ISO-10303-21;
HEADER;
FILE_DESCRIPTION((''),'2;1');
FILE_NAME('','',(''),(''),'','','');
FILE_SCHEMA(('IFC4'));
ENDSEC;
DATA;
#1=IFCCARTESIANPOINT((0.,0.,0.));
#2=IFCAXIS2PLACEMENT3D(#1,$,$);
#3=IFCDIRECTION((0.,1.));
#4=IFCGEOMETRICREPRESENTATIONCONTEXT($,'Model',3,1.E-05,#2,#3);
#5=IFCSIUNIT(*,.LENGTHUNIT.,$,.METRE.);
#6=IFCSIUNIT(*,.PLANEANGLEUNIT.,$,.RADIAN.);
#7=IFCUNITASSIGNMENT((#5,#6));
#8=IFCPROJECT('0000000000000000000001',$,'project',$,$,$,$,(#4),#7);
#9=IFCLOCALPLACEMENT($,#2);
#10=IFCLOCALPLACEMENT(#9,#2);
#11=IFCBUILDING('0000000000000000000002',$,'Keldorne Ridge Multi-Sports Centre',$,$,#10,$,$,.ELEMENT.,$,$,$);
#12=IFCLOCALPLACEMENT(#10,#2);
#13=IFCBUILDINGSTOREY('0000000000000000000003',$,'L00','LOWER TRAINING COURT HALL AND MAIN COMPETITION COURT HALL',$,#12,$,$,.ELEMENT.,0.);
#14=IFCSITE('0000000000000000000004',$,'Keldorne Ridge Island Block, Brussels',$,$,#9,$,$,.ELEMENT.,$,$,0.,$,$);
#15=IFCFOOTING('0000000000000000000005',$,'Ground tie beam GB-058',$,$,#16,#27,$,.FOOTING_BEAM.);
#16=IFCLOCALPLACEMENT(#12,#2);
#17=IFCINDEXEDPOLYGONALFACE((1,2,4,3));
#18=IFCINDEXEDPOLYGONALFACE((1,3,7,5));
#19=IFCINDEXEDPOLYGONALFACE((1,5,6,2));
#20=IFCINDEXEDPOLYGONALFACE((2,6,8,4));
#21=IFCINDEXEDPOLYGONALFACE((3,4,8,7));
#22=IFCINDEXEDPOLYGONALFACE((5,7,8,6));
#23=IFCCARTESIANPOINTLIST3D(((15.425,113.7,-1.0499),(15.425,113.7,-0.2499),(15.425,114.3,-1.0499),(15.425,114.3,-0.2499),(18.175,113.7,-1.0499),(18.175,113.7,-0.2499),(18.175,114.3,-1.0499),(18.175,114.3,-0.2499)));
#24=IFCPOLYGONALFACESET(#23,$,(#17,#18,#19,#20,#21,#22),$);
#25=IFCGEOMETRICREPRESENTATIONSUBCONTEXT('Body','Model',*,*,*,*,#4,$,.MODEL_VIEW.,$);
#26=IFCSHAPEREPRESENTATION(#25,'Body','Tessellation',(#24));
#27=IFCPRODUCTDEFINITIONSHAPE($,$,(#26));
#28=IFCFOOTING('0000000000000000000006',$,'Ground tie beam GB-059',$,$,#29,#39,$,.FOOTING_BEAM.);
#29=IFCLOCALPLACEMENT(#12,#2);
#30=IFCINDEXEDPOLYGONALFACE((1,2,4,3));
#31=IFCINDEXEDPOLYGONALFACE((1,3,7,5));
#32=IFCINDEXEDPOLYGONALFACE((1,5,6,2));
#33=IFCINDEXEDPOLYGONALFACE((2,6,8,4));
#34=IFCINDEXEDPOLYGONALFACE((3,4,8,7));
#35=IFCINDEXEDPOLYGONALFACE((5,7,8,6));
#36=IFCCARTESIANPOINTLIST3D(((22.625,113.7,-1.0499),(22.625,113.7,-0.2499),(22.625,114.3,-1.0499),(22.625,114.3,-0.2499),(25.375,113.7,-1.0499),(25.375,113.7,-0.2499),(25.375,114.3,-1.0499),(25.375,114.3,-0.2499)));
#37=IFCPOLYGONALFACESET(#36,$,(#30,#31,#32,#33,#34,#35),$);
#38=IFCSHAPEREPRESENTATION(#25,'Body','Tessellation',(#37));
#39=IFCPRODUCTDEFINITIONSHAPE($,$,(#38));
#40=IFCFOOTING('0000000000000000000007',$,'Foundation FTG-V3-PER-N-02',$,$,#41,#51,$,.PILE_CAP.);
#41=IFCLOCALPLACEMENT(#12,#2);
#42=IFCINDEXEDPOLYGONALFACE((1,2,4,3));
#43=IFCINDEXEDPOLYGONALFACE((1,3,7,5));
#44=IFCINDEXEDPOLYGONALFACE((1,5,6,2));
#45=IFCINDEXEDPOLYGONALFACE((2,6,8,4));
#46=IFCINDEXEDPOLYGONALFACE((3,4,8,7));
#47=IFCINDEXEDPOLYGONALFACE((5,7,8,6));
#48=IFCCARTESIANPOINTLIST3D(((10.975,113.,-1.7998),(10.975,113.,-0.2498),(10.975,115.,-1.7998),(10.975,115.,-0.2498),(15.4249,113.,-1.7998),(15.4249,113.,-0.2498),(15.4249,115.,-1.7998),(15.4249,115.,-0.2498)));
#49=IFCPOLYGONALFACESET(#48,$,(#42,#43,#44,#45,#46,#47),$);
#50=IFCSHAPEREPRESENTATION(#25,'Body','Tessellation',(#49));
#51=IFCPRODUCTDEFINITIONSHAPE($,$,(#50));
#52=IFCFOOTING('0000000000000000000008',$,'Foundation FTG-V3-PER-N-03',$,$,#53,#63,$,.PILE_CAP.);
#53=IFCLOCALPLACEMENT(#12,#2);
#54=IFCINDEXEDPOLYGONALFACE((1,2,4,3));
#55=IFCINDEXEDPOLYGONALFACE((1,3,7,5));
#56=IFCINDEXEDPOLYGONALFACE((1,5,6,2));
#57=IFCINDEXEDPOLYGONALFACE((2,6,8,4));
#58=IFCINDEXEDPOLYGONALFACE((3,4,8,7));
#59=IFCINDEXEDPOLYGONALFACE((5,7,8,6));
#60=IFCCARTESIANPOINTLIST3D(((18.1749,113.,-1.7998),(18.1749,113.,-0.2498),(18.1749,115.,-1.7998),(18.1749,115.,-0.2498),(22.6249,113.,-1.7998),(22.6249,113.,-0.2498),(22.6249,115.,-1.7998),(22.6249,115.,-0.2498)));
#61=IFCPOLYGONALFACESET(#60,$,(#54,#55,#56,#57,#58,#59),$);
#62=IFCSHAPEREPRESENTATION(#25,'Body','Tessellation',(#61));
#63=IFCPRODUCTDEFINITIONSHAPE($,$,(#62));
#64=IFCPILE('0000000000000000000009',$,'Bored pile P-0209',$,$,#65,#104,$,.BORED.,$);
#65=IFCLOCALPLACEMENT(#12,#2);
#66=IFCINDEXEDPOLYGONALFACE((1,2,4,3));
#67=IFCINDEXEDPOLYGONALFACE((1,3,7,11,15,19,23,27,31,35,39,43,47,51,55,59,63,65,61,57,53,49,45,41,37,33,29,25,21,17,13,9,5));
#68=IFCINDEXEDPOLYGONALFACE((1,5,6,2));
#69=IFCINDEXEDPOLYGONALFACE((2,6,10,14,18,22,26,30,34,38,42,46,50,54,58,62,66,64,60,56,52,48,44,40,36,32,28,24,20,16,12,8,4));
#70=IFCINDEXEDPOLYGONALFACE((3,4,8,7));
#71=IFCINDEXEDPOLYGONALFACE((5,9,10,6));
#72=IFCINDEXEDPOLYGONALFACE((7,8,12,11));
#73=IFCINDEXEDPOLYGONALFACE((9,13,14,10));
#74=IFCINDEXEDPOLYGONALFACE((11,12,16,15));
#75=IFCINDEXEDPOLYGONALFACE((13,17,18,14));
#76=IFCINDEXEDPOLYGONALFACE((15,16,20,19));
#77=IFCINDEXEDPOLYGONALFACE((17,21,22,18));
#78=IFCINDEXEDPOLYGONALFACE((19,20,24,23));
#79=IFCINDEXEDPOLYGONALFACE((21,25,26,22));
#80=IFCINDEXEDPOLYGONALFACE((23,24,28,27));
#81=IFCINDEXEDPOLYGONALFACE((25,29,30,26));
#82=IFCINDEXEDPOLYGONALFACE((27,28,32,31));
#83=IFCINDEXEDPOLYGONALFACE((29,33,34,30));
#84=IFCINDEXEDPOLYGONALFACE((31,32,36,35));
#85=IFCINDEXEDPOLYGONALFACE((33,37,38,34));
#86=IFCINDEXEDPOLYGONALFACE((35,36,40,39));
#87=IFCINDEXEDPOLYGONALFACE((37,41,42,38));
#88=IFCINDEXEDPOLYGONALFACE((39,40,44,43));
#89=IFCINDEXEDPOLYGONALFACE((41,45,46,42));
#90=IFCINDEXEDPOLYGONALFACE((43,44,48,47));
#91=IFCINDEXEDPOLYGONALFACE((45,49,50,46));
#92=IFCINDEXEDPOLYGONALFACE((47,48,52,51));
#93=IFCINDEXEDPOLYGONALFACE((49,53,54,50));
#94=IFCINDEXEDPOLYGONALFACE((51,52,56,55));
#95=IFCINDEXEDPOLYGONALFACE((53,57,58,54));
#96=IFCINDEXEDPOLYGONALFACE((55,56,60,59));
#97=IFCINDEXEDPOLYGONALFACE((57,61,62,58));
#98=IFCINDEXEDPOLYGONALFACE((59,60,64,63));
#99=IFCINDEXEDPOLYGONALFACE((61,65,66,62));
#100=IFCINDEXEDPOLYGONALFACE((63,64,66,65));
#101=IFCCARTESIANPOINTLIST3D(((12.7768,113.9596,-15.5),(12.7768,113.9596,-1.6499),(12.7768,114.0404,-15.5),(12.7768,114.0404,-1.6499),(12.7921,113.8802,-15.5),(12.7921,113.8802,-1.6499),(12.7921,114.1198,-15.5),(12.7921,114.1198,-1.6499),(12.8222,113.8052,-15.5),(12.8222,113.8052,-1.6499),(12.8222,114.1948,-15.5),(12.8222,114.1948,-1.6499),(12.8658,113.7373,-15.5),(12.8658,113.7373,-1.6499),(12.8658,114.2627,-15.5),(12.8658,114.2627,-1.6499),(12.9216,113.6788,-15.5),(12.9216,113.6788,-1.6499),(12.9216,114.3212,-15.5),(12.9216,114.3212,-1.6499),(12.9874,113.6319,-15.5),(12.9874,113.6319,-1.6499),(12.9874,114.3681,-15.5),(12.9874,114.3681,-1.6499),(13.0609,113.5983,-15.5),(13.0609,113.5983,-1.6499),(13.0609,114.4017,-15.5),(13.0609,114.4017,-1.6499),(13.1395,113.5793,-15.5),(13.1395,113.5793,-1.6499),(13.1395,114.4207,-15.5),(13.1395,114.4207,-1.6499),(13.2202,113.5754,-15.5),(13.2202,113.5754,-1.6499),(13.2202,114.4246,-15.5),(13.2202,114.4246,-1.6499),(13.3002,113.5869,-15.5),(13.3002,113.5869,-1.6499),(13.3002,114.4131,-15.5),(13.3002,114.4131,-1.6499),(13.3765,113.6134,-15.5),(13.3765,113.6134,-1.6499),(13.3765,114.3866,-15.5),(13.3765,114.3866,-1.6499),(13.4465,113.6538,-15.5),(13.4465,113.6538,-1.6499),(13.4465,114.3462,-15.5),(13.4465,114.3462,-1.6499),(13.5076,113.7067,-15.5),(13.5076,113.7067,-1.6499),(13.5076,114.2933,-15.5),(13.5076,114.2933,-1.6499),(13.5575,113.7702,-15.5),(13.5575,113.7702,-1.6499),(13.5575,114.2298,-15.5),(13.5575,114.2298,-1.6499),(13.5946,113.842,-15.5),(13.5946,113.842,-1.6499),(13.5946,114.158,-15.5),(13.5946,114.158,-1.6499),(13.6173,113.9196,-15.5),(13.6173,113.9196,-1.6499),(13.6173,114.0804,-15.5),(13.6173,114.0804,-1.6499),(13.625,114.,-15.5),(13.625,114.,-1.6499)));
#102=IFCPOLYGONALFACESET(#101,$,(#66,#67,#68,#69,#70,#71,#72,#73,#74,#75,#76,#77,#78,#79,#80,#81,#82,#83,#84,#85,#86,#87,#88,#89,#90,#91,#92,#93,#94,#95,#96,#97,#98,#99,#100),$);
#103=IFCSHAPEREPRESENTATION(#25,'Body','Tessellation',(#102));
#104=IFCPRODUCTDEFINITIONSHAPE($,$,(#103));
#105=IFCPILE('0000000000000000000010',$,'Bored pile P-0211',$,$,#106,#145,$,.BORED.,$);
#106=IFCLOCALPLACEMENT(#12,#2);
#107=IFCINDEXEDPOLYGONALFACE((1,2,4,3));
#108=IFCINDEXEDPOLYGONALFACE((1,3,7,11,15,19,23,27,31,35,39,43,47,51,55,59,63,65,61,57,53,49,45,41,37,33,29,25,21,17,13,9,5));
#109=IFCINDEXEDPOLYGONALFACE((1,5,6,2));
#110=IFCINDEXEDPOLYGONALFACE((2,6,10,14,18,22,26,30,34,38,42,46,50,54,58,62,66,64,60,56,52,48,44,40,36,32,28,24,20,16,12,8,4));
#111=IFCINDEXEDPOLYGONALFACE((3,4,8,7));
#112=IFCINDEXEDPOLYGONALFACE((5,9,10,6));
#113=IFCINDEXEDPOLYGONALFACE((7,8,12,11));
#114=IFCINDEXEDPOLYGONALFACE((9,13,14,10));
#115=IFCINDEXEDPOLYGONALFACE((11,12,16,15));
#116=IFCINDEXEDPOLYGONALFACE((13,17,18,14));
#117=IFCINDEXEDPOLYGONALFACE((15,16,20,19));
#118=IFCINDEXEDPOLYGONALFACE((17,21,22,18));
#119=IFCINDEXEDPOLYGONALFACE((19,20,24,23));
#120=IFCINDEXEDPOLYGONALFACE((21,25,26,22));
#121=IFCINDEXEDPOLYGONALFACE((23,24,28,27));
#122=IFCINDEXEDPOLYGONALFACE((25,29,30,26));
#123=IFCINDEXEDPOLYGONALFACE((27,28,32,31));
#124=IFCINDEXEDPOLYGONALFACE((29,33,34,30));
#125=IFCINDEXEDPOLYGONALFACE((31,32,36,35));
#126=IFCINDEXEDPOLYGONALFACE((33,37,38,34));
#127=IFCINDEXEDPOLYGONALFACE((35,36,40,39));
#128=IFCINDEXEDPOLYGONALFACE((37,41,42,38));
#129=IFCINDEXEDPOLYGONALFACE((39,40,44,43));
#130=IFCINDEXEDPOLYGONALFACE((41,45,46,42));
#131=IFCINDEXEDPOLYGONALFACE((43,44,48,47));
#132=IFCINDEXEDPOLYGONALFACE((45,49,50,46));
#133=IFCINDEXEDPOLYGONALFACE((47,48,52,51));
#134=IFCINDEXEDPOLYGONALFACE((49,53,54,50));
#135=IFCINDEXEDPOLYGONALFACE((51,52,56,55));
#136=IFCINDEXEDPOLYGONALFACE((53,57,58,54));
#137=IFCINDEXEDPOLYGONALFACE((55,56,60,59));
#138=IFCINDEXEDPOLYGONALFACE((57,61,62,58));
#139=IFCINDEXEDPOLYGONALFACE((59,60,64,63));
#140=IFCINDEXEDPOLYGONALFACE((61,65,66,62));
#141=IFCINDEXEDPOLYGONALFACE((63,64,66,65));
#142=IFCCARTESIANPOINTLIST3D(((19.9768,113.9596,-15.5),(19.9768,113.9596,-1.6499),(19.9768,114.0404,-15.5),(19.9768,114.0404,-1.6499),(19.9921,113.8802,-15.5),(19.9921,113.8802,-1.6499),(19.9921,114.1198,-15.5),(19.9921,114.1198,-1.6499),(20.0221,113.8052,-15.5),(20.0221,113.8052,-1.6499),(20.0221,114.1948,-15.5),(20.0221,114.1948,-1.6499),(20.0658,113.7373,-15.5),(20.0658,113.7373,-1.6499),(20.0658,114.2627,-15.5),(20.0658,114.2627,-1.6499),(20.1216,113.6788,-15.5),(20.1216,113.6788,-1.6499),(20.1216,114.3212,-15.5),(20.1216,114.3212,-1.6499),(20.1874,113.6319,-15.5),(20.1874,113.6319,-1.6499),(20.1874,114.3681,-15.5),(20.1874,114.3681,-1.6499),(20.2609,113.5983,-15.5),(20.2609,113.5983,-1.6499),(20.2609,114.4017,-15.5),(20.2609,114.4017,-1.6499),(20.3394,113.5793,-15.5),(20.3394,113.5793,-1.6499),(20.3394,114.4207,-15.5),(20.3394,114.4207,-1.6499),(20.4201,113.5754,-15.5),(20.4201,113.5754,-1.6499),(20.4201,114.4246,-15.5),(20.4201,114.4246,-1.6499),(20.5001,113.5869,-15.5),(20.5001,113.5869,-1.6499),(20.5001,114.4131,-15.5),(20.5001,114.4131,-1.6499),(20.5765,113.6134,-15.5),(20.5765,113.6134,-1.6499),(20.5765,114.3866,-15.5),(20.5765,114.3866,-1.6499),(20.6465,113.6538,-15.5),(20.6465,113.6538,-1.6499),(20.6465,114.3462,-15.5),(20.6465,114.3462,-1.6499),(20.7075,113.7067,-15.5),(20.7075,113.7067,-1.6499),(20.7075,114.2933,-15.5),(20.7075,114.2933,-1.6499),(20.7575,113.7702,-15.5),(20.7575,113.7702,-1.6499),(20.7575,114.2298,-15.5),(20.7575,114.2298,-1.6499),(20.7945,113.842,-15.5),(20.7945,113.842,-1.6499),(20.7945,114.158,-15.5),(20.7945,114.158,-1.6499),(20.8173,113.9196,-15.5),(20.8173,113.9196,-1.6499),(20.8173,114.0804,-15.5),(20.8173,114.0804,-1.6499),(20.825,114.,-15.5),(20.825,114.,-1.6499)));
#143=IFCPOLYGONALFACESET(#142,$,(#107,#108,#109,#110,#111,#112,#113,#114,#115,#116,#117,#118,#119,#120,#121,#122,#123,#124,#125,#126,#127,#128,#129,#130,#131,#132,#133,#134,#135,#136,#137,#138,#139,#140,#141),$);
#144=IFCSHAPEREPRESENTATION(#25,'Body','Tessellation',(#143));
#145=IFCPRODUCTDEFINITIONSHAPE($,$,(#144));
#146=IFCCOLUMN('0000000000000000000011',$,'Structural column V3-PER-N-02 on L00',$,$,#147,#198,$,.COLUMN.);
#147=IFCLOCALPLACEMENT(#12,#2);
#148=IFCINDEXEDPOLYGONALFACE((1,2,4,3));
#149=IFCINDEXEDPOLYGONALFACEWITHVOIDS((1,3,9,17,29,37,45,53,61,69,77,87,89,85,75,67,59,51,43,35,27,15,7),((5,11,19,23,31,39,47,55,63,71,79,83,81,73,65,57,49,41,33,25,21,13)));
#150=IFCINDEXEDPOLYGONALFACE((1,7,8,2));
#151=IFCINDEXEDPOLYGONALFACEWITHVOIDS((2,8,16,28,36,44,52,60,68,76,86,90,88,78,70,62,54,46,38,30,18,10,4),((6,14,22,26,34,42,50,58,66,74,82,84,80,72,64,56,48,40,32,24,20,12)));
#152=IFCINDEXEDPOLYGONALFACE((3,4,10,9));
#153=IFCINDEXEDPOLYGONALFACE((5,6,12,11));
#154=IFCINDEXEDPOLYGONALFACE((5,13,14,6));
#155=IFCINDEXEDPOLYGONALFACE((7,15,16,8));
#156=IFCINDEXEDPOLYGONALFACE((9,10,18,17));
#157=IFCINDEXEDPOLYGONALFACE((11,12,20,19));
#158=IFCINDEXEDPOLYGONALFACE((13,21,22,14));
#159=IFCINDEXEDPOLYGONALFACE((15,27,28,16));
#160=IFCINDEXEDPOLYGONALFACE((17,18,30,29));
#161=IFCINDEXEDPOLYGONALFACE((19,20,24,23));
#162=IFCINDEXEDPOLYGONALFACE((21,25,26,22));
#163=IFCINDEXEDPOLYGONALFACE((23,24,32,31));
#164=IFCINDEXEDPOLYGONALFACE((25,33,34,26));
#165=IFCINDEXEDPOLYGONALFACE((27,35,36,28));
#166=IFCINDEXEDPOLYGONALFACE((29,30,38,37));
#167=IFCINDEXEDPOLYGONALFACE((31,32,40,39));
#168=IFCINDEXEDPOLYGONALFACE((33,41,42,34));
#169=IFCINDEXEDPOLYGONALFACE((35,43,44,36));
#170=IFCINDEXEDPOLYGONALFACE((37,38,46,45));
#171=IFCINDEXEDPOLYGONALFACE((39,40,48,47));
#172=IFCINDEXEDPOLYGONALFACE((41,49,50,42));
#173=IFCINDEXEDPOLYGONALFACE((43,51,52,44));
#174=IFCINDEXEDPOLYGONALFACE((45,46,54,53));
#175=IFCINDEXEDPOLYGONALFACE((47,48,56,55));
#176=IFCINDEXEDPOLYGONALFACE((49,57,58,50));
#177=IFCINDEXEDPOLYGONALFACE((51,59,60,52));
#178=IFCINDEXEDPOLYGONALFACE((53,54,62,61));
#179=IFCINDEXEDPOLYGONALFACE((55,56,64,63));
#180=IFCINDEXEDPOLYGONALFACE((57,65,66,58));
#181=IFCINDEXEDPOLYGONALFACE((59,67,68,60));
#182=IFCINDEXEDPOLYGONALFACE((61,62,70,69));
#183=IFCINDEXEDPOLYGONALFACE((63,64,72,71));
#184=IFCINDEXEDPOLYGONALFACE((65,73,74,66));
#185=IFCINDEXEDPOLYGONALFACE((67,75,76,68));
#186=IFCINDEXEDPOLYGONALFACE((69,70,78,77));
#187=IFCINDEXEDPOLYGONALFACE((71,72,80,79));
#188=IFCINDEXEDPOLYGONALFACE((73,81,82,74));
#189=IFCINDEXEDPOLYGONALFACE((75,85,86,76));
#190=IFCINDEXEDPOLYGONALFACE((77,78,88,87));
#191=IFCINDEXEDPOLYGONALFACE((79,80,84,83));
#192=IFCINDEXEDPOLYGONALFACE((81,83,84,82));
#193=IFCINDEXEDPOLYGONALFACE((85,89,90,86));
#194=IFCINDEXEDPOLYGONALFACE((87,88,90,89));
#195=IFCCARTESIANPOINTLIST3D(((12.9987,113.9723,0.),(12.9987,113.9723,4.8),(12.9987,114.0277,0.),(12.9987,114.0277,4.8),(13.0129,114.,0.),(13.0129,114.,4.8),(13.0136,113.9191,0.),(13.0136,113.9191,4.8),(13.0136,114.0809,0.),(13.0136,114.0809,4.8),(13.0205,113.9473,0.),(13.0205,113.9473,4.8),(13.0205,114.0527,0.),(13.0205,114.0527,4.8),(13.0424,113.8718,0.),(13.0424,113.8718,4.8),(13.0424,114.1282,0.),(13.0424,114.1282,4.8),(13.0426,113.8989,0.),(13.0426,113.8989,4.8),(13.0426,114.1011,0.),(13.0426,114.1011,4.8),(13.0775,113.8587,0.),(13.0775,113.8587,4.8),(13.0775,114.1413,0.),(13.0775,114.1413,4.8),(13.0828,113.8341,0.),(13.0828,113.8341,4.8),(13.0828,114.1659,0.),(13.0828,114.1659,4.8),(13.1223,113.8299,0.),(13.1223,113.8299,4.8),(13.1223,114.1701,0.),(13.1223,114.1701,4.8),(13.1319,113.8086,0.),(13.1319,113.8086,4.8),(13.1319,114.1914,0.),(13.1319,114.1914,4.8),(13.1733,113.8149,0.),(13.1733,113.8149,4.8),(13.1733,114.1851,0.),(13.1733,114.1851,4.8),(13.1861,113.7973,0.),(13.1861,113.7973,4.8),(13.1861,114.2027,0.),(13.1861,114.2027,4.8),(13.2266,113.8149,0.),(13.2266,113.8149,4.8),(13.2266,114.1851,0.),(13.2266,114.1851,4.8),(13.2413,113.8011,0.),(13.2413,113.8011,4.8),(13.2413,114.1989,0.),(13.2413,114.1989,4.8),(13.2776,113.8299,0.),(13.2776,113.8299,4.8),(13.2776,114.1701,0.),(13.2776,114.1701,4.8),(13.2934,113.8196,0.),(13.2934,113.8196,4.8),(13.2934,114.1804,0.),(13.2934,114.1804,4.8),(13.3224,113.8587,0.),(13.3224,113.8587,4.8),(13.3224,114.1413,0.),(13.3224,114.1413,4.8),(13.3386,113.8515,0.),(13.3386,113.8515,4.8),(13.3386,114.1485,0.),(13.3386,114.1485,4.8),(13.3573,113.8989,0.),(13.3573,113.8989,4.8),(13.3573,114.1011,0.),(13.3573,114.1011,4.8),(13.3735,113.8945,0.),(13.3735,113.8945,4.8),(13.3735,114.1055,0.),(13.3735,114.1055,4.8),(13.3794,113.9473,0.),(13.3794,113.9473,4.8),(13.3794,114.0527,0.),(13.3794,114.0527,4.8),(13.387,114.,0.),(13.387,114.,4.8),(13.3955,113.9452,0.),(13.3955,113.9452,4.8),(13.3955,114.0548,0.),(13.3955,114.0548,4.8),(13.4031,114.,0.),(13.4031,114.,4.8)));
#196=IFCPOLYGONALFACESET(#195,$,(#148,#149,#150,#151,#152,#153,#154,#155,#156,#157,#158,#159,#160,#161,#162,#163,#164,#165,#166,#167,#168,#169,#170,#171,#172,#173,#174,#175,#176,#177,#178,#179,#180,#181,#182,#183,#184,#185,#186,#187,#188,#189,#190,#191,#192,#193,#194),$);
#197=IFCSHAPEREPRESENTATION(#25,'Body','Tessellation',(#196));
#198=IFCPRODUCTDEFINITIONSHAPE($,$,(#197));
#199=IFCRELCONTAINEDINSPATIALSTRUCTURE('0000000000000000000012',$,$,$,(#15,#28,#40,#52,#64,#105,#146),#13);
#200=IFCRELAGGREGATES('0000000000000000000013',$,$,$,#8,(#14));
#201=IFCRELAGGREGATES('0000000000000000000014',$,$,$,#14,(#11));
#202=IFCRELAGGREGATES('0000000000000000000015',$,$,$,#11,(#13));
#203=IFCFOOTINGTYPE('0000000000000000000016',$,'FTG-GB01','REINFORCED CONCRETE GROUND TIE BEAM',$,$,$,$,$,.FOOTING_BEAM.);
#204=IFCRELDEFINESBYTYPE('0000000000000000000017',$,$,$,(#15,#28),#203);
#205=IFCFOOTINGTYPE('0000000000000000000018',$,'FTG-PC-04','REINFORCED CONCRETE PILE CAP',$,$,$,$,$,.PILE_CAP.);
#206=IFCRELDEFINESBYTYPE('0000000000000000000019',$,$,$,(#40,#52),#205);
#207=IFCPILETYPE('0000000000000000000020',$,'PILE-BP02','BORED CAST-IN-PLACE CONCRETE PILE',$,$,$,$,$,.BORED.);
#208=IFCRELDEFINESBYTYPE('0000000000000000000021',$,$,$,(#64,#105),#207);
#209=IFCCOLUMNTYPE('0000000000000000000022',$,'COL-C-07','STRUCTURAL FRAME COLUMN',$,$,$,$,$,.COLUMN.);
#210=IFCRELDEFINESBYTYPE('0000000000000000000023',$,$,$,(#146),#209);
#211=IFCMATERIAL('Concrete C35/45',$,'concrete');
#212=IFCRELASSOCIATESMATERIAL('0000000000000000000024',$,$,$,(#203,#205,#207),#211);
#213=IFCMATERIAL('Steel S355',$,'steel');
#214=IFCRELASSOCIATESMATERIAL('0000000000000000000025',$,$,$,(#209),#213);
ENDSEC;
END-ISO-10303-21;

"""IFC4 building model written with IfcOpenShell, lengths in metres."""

from ifc_helpers import new_model, si_unit, direction, frame, origin, origin_2d, place, context, subcontext, project, spatial, rectangle, circle, hollow_circle, extrude, material, material_profile, profile_set, type_object, element, save


model = new_model("IFC4")

# Units and contexts
model_context = context("Model", 3, precision=1e-05, world=origin(), true_north=direction((0.0, 1.0)))
body_context = subcontext(model_context, "Body", "Model", "MODEL_VIEW")
ifc_project = project(units=[si_unit("LENGTHUNIT", "METRE"), si_unit("PLANEANGLEUNIT", "RADIAN")], contexts=[model_context])

# Site, building, storey
site_placement = place(None, origin())
site = spatial("IfcSite", under=ifc_project, at=site_placement, Name="Keldorne Ridge Island Block, Brussels", CompositionType="ELEMENT", RefElevation=0.0)
building_placement = place(site_placement, origin())
building = spatial("IfcBuilding", under=site, at=building_placement, Name="Keldorne Ridge Multi-Sports Centre", CompositionType="ELEMENT")
storey_placement = place(building_placement, origin())
storey = spatial("IfcBuildingStorey", under=building, at=storey_placement, Name="L00", Description="LOWER TRAINING COURT HALL AND MAIN COMPETITION COURT HALL", CompositionType="ELEMENT", Elevation=0.0)

# Footings
ifc_material_1 = material(Name="Concrete C35/45", Category="concrete")
ifc_material_profile_1 = material_profile(ifc_material_1, rectangle(XDim=0.6001, YDim=0.8, at=origin_2d()), Name="GB 600x800")
ifc_profile_set_1 = profile_set([ifc_material_profile_1], Name="Concrete C35/45")
footing_type_1 = type_object("IfcFootingType", Name="FTG-GB01", Description="REINFORCED CONCRETE GROUND TIE BEAM", PredefinedType="FOOTING_BEAM", material=ifc_profile_set_1)
for number, where, z_axis, x_axis, name in (
    (1, (15.425, 114.0, -0.6499), (1.0, 0.0, 0.0), (0.0, 1.0, 0.0), "Ground tie beam GB-058"),
    (2, (22.625, 114.0, -0.6499), (1.0, 0.0, 0.0), (0.0, 1.0, 0.0), "Ground tie beam GB-059"),
):
    element("IfcFooting", number, at=place(storey_placement, frame(where, z_axis=z_axis, x_axis=x_axis)), inside=storey, type_object=footing_type_1, Name=name, PredefinedType="FOOTING_BEAM", context=body_context, shape_type="SweptSolid", body=[
        extrude(rectangle(XDim=0.6001, YDim=0.8, at=origin_2d()), origin(), (0.0, 0.0, 1.0), 2.75),
    ])
footing_type_2 = type_object("IfcFootingType", Name="FTG-PC-04", Description="REINFORCED CONCRETE PILE CAP", PredefinedType="PILE_CAP", material=ifc_material_1)
for number, where, z_axis, x_axis, name in (
    (3, (13.2, 114.0, -1.7998), (0.0, 0.0, 1.0), (1.0, 0.0, 0.0), "Foundation FTG-V3-PER-N-02"),
    (4, (20.3999, 114.0, -1.7998), (0.0, 0.0, 1.0), (1.0, 0.0, 0.0), "Foundation FTG-V3-PER-N-03"),
):
    element("IfcFooting", number, at=place(storey_placement, frame(where, z_axis=z_axis, x_axis=x_axis)), inside=storey, type_object=footing_type_2, Name=name, PredefinedType="PILE_CAP", context=body_context, shape_type="SweptSolid", body=[
        extrude(rectangle(XDim=4.45, YDim=2.0, at=origin_2d()), origin(), (0.0, 0.0, 1.0), 1.55),
    ])

# Piles
ifc_material_profile_2 = material_profile(ifc_material_1, circle(Radius=0.425, at=origin_2d()), Name="BORED PILE D850")
ifc_profile_set_2 = profile_set([ifc_material_profile_2], Name="Concrete C35/45")
pile_type = type_object("IfcPileType", Name="PILE-BP02", Description="BORED CAST-IN-PLACE CONCRETE PILE", PredefinedType="BORED", material=ifc_profile_set_2)
for number, where, z_axis, x_axis, name in (
    (5, (13.2, 114.0, -1.6499), (0.0, 0.0, -1.0), (1.0, 0.0, 0.0), "Bored pile P-0209"),
    (6, (20.3999, 114.0, -1.6499), (0.0, 0.0, -1.0), (1.0, 0.0, 0.0), "Bored pile P-0211"),
):
    element("IfcPile", number, at=place(storey_placement, frame(where, z_axis=z_axis, x_axis=x_axis)), inside=storey, type_object=pile_type, Name=name, PredefinedType="BORED", context=body_context, shape_type="SweptSolid", body=[
        extrude(circle(Radius=0.425, at=origin_2d()), origin(), (0.0, 0.0, 1.0), 13.8501),
    ])

# Column
ifc_material_2 = material(Name="Steel S355", Category="steel")
ifc_material_profile_3 = material_profile(ifc_material_2, hollow_circle(Radius=0.2031, WallThickness=0.0161, at=origin_2d()), Name="CHS 406.4x16")
ifc_profile_set_3 = profile_set([ifc_material_profile_3], Name="Steel S355")
column_type = type_object("IfcColumnType", Name="COL-C-07", Description="STRUCTURAL FRAME COLUMN", PredefinedType="COLUMN", material=ifc_profile_set_3)
for number, where, z_axis, x_axis, name in (
    (7, (13.2, 114.0, 0.0), (0.0, 0.0, 1.0), (1.0, 0.0, 0.0), "Structural column V3-PER-N-02 on L00"),
):
    element("IfcColumn", number, at=place(storey_placement, frame(where, z_axis=z_axis, x_axis=x_axis)), inside=storey, type_object=column_type, Name=name, PredefinedType="COLUMN", context=body_context, shape_type="SweptSolid", body=[
        extrude(hollow_circle(Radius=0.2031, WallThickness=0.0161, at=origin_2d()), origin(), (0.0, 0.0, 1.0), 4.8),
    ])

save(model, "model.ifc")
